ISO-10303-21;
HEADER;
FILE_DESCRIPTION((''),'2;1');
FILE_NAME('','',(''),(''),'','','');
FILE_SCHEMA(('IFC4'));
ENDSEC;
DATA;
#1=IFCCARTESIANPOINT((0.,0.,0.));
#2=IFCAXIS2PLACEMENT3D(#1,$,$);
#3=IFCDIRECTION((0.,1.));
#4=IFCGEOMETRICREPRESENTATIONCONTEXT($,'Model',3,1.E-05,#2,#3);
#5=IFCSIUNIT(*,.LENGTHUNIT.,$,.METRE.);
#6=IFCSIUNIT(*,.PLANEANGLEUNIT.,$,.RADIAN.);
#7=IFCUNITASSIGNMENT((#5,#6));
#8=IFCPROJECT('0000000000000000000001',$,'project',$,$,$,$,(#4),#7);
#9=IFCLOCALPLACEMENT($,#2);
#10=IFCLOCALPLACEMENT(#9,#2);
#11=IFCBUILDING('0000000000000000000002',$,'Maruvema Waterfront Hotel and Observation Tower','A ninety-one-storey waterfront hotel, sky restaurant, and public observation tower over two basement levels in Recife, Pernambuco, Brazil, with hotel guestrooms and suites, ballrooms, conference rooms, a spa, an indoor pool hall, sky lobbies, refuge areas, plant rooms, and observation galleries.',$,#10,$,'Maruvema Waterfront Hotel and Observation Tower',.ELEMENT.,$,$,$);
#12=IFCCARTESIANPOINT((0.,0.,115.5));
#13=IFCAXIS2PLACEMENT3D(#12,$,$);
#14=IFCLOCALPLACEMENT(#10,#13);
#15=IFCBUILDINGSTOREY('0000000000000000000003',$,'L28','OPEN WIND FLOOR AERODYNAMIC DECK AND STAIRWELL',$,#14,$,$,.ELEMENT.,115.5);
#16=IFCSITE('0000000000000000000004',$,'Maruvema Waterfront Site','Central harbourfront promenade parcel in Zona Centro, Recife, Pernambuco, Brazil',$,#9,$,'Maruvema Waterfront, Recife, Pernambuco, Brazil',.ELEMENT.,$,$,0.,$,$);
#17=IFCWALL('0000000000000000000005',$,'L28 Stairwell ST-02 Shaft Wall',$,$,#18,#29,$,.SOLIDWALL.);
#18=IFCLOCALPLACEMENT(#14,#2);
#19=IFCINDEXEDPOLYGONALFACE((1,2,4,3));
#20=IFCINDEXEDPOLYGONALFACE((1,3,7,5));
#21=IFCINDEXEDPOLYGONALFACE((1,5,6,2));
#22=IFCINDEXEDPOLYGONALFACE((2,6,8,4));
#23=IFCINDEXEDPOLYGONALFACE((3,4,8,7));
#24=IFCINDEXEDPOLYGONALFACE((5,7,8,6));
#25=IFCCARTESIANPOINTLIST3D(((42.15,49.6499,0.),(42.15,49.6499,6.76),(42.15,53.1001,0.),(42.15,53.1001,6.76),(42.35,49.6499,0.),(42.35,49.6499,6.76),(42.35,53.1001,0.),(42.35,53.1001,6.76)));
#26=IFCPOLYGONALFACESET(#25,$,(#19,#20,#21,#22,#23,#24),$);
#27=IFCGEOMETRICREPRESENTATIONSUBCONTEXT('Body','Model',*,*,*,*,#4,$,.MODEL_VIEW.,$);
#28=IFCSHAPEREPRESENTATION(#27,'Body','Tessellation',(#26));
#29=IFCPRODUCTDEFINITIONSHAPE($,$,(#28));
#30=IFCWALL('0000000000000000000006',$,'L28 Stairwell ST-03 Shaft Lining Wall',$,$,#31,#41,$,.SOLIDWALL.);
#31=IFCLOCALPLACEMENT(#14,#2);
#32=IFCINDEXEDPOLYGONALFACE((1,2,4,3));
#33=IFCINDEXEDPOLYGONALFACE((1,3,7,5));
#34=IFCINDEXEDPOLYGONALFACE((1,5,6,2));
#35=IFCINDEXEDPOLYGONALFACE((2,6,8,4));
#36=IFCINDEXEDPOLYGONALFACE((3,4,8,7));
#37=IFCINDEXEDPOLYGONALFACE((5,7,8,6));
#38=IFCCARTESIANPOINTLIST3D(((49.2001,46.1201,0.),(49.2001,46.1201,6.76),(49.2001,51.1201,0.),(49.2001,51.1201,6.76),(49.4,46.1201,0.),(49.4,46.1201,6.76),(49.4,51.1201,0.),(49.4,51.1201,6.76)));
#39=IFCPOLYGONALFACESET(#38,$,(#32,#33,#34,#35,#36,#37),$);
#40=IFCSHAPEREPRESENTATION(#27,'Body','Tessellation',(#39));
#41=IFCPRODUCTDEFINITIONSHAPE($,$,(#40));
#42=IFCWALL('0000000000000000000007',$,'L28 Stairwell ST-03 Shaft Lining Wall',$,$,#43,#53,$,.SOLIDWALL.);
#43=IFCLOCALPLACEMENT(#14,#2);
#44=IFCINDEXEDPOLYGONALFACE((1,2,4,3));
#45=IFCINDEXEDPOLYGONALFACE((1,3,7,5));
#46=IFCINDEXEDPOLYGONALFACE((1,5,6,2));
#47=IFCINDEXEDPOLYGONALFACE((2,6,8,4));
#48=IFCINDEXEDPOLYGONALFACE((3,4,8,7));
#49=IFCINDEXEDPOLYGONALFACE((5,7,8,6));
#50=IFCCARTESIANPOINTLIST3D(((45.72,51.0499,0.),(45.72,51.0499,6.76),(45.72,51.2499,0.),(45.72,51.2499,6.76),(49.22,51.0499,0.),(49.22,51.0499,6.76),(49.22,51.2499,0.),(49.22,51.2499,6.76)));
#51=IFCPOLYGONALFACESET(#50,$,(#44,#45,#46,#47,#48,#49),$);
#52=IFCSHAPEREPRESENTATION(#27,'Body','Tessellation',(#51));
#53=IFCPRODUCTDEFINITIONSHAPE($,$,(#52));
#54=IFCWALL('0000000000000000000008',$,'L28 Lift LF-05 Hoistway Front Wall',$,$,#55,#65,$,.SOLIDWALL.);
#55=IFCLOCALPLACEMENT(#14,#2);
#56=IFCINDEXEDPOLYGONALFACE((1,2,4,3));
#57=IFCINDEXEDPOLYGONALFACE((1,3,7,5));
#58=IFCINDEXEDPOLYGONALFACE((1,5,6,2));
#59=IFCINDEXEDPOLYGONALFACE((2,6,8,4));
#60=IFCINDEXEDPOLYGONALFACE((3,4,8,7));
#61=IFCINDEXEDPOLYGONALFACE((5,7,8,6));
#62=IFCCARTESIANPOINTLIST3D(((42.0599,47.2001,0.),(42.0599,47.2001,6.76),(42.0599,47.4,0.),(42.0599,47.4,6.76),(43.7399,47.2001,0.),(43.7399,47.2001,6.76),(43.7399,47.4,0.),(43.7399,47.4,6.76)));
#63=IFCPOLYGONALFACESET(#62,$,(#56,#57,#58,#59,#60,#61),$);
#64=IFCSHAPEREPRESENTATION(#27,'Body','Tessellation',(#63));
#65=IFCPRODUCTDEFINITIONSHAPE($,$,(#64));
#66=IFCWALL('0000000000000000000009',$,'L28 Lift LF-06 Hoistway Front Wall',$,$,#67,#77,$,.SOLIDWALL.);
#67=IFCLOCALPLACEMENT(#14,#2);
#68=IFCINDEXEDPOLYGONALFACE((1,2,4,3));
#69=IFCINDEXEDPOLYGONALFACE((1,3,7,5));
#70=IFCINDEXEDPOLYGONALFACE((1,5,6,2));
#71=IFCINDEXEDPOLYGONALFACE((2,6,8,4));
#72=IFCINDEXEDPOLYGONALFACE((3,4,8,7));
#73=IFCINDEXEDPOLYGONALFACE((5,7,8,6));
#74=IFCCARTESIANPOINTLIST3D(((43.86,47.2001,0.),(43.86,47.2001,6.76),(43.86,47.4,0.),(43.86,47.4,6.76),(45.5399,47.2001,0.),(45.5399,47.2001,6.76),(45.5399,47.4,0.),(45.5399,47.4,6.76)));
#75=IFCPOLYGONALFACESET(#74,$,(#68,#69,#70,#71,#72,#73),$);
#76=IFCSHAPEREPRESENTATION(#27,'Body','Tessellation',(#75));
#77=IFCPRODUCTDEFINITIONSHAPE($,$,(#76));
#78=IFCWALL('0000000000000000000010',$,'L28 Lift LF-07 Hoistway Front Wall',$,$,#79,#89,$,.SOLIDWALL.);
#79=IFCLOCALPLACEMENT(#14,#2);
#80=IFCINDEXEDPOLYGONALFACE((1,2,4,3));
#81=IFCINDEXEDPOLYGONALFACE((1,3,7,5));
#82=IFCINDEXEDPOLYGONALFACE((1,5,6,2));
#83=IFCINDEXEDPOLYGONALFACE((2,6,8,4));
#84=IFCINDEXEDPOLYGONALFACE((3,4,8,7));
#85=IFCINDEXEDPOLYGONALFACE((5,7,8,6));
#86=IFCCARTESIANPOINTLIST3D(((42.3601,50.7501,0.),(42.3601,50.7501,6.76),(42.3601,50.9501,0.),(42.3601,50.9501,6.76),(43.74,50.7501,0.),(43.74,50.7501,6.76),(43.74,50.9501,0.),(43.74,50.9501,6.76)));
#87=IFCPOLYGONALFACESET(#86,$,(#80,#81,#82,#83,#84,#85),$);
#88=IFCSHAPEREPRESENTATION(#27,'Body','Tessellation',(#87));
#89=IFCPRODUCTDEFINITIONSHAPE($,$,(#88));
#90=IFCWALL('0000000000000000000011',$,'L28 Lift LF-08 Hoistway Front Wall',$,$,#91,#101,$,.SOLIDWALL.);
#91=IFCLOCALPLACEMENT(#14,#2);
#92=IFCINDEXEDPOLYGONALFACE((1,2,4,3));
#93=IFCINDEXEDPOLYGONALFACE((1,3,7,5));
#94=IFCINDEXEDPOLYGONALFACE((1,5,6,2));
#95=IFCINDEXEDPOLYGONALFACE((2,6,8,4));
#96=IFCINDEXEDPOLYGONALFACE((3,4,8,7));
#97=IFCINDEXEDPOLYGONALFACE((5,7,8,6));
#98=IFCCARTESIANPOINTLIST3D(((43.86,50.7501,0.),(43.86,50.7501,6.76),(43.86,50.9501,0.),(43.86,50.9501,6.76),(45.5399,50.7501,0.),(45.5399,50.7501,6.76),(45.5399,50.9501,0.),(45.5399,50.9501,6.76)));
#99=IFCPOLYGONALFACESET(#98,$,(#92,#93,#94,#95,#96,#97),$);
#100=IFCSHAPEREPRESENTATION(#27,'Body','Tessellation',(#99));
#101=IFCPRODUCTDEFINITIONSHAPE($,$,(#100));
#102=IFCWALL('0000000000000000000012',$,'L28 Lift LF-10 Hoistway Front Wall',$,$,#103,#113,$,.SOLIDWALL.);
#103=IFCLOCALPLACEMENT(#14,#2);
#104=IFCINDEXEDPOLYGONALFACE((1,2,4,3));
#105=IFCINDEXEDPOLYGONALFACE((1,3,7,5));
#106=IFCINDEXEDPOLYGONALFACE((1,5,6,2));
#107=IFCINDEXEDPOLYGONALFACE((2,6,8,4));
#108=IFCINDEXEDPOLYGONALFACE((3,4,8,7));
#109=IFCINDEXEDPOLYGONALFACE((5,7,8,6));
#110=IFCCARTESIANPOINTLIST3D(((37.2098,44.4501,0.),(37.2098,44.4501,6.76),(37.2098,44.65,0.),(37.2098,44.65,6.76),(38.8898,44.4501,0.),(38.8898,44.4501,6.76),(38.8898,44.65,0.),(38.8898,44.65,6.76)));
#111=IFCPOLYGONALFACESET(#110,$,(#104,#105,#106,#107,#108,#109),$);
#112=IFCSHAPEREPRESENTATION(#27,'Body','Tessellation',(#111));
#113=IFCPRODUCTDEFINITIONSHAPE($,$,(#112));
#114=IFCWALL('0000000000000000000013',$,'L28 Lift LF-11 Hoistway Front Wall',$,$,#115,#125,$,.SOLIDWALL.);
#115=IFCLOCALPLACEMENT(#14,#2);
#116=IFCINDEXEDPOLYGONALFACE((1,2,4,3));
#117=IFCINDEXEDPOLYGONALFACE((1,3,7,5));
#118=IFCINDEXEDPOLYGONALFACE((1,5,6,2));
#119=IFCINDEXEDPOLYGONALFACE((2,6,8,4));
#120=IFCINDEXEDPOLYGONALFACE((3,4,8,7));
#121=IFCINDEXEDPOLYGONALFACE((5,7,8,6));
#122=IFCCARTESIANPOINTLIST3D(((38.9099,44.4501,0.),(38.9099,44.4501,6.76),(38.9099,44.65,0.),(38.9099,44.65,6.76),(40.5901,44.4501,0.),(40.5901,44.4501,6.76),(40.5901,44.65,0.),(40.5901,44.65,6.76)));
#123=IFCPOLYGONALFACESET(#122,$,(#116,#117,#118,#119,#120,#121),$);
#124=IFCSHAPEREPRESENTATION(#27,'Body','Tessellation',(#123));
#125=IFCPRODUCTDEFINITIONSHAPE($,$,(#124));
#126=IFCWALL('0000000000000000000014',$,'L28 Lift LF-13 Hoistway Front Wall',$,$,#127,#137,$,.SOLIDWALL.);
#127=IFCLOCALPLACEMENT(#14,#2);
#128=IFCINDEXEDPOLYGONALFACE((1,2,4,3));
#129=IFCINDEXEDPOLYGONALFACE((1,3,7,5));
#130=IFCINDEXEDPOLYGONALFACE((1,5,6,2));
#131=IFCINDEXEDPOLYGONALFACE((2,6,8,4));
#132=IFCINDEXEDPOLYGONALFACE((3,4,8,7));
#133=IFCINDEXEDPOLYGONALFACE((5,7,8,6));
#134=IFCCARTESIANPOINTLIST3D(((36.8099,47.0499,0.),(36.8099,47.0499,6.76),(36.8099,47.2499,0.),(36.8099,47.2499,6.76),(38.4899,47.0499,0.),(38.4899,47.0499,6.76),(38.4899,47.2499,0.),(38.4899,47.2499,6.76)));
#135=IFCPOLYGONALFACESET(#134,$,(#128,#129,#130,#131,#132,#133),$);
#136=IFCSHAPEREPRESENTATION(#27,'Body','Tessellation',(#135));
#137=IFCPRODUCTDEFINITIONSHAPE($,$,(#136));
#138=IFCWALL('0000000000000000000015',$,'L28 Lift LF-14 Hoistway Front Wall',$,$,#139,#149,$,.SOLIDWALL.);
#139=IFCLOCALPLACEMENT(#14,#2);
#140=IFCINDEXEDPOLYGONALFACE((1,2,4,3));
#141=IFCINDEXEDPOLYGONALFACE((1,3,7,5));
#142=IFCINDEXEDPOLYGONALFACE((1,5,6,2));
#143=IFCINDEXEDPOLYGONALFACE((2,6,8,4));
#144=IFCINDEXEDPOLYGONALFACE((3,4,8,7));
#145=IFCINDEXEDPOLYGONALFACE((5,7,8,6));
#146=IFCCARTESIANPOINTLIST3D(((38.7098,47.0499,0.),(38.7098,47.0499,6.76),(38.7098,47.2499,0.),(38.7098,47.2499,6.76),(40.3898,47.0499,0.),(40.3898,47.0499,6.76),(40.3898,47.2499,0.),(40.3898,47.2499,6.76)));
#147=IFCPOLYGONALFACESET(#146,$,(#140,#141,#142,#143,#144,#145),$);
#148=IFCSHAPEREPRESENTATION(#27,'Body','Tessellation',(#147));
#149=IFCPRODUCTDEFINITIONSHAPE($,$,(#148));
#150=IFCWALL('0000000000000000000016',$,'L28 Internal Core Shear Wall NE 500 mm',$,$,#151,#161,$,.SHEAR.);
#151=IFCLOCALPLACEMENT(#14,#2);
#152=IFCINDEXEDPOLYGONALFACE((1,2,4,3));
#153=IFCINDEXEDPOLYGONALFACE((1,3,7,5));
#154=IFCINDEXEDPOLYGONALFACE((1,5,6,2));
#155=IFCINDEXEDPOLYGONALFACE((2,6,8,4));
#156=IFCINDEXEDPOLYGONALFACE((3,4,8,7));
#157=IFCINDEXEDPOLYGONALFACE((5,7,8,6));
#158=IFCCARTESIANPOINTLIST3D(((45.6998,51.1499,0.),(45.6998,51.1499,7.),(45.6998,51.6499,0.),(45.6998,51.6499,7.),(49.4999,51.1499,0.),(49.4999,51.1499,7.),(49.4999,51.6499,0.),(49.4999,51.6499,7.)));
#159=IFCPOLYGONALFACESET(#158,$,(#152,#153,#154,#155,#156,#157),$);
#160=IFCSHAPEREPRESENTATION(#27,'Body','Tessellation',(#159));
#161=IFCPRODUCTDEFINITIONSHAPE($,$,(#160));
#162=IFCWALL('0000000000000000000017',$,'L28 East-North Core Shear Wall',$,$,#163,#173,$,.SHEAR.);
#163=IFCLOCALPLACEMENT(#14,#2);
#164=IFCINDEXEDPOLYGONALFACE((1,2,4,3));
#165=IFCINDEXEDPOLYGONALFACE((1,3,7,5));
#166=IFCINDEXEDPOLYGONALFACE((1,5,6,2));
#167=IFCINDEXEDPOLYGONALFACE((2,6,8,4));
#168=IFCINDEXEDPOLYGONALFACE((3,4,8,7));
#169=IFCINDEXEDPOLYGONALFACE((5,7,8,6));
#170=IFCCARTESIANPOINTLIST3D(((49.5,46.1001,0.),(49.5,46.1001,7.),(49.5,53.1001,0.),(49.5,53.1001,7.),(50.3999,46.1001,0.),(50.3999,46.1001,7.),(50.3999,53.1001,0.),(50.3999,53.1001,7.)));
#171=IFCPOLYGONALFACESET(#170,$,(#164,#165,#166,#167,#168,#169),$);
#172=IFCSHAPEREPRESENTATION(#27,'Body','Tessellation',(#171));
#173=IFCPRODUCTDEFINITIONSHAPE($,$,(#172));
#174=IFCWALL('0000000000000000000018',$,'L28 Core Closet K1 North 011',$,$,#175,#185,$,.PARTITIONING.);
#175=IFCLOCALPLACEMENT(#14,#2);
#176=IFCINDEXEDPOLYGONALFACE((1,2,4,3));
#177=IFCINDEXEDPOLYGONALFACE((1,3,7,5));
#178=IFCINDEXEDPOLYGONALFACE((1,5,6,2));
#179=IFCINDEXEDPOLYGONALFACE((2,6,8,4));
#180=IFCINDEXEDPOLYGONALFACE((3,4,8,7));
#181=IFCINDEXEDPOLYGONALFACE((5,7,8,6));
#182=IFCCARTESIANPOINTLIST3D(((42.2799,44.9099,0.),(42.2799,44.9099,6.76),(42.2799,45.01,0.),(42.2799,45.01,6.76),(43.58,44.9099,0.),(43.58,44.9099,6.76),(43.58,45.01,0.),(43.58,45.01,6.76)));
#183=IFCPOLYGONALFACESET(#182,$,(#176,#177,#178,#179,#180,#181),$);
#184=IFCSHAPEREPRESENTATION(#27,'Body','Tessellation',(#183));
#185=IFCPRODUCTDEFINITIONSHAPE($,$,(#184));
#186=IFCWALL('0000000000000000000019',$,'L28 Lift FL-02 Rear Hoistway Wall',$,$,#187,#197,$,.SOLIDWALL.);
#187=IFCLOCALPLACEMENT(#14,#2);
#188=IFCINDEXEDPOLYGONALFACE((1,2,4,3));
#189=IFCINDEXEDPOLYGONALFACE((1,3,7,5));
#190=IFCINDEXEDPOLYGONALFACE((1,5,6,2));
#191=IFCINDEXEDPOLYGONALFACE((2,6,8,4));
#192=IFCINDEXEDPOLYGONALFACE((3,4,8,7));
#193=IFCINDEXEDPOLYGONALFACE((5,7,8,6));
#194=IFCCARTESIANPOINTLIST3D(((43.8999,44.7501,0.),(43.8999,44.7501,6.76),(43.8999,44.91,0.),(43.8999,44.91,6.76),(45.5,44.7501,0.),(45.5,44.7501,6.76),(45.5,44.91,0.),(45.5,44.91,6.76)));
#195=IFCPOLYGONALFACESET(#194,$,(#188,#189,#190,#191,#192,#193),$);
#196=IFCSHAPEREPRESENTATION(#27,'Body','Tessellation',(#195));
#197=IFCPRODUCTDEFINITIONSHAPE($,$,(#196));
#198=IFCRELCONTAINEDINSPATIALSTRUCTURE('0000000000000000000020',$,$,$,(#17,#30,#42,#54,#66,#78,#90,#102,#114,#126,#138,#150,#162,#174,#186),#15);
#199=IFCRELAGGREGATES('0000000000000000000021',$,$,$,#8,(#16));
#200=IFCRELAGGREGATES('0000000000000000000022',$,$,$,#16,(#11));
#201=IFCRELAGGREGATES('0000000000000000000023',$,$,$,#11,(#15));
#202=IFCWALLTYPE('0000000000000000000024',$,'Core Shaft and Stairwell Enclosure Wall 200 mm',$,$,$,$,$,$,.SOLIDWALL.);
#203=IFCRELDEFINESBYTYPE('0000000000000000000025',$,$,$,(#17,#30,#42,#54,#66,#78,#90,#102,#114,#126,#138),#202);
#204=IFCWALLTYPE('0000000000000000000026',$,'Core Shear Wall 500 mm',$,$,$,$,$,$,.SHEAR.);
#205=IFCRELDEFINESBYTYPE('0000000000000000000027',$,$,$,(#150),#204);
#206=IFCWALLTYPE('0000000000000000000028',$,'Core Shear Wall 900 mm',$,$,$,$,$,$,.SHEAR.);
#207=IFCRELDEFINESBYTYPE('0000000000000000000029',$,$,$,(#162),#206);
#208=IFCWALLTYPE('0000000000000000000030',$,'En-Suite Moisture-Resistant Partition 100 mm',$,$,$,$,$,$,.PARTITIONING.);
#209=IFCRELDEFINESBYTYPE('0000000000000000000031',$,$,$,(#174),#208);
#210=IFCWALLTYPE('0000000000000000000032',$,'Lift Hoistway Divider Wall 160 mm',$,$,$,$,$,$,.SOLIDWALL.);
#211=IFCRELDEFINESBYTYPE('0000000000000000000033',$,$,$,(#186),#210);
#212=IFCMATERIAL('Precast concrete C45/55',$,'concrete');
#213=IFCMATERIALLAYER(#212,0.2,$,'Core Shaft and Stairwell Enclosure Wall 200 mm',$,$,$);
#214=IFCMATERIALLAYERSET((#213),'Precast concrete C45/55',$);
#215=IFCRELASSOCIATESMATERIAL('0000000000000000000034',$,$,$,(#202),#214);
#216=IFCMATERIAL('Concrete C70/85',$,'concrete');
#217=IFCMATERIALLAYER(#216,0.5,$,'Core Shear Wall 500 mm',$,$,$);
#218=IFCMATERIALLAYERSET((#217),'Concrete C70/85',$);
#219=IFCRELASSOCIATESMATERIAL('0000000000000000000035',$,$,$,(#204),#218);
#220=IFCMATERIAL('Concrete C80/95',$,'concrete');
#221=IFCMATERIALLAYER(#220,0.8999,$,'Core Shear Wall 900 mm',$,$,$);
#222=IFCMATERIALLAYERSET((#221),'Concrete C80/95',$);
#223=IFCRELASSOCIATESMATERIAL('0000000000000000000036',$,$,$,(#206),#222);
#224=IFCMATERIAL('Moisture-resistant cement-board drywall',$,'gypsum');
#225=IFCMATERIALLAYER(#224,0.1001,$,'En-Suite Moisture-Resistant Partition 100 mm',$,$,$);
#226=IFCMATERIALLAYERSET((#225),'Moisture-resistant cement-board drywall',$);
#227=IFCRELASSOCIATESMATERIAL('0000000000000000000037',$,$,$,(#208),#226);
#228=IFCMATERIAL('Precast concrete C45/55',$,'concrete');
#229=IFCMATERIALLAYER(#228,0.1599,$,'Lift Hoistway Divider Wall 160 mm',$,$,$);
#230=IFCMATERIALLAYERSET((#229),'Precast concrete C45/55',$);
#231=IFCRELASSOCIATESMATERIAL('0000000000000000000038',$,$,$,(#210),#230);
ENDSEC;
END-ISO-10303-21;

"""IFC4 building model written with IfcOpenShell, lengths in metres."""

from ifc_helpers import new_model, si_unit, direction, frame, frame_2d, origin, place, context, subcontext, project, spatial, rectangle, extrude, material, layer, layer_set, type_object, element, save


model = new_model("IFC4")

# Units and contexts
model_context = context("Model", 3, precision=1e-05, world=origin(), true_north=direction((0.0, 1.0)))
body_context = subcontext(model_context, "Body", "Model", "MODEL_VIEW")
ifc_project = project(units=[si_unit("LENGTHUNIT", "METRE"), si_unit("PLANEANGLEUNIT", "RADIAN")], contexts=[model_context])

# Site, building, storey
site_placement = place(None, origin())
site = spatial("IfcSite", under=ifc_project, at=site_placement, Name="Maruvema Waterfront Site", Description="Central harbourfront promenade parcel in Zona Centro, Recife, Pernambuco, Brazil", LongName="Maruvema Waterfront, Recife, Pernambuco, Brazil", CompositionType="ELEMENT", RefElevation=0.0)
building_placement = place(site_placement, origin())
building = spatial("IfcBuilding", under=site, at=building_placement, Name="Maruvema Waterfront Hotel and Observation Tower", Description="A ninety-one-storey waterfront hotel, sky restaurant, and public observation tower over two basement levels in Recife, Pernambuco, Brazil, with hotel guestrooms and suites, ballrooms, conference rooms, a spa, an indoor pool hall, sky lobbies, refuge areas, plant rooms, and observation galleries.", LongName="Maruvema Waterfront Hotel and Observation Tower", CompositionType="ELEMENT")
storey_placement = place(building_placement, frame((0.0, 0.0, 115.5)))
storey = spatial("IfcBuildingStorey", under=building, at=storey_placement, Name="L28", Description="OPEN WIND FLOOR AERODYNAMIC DECK AND STAIRWELL", CompositionType="ELEMENT", Elevation=115.5)

# Walls
ifc_material_1 = material(Name="Precast concrete C45/55", Category="concrete")
ifc_layer_1 = layer(ifc_material_1, 0.2, Name="Core Shaft and Stairwell Enclosure Wall 200 mm")
ifc_layer_set_1 = layer_set([ifc_layer_1], Name="Precast concrete C45/55")
wall_type_1 = type_object("IfcWallType", Name="Core Shaft and Stairwell Enclosure Wall 200 mm", PredefinedType="SOLIDWALL", material=ifc_layer_set_1)
wall_1_placement = place(storey_placement, frame((42.25, 49.6499, 0.0), z_axis=(0.0, 0.0, 1.0), x_axis=(0.0, 1.0, 0.0)))
element("IfcWall", 1, at=wall_1_placement, inside=storey, type_object=wall_type_1, Name="L28 Stairwell ST-02 Shaft Wall", PredefinedType="SOLIDWALL", context=body_context, shape_type="SweptSolid", body=[
    extrude(rectangle(XDim=3.4502, YDim=0.2, at=frame_2d((1.7251, 0.0))), origin(), (0.0, 0.0, 1.0), 6.76),
])
wall_2_placement = place(storey_placement, frame((49.3, 46.1201, 0.0), z_axis=(0.0, 0.0, 1.0), x_axis=(0.0, 1.0, 0.0)))
element("IfcWall", 2, at=wall_2_placement, inside=storey, type_object=wall_type_1, Name="L28 Stairwell ST-03 Shaft Lining Wall", PredefinedType="SOLIDWALL", context=body_context, shape_type="SweptSolid", body=[
    extrude(rectangle(XDim=5.0, YDim=0.2, at=frame_2d((2.5, 0.0))), origin(), (0.0, 0.0, 1.0), 6.76),
])
wall_3_placement = place(storey_placement, frame((45.72, 51.1499, 0.0), z_axis=(0.0, 0.0, 1.0), x_axis=(1.0, 0.0, 0.0)))
element("IfcWall", 3, at=wall_3_placement, inside=storey, type_object=wall_type_1, Name="L28 Stairwell ST-03 Shaft Lining Wall", PredefinedType="SOLIDWALL", context=body_context, shape_type="SweptSolid", body=[
    extrude(rectangle(XDim=3.5, YDim=0.2, at=frame_2d((1.75, 0.0))), origin(), (0.0, 0.0, 1.0), 6.76),
])
for number, where, z_axis, x_axis, name in (
    (4, (42.0601, 47.3, 0.0), (0.0, 0.0, 1.0), (1.0, 0.0, 0.0), "L28 Lift LF-05 Hoistway Front Wall"),
    (5, (43.8601, 47.3, 0.0), (0.0, 0.0, 1.0), (1.0, 0.0, 0.0), "L28 Lift LF-06 Hoistway Front Wall"),
):
    element("IfcWall", number, at=place(storey_placement, frame(where, z_axis=z_axis, x_axis=x_axis)), inside=storey, type_object=wall_type_1, Name=name, PredefinedType="SOLIDWALL", context=body_context, shape_type="SweptSolid", body=[
        extrude(rectangle(XDim=1.6799, YDim=0.2, at=frame_2d((0.8398, 0.0))), origin(), (0.0, 0.0, 1.0), 6.76),
    ])
wall_4_placement = place(storey_placement, frame((42.3601, 50.8501, 0.0), z_axis=(0.0, 0.0, 1.0), x_axis=(1.0, 0.0, 0.0)))
element("IfcWall", 6, at=wall_4_placement, inside=storey, type_object=wall_type_1, Name="L28 Lift LF-07 Hoistway Front Wall", PredefinedType="SOLIDWALL", context=body_context, shape_type="SweptSolid", body=[
    extrude(rectangle(XDim=1.3799, YDim=0.2, at=frame_2d((0.6899, 0.0))), origin(), (0.0, 0.0, 1.0), 6.76),
])
for number, where, z_axis, x_axis, name in (
    (7, (43.8601, 50.8501, 0.0), (0.0, 0.0, 1.0), (1.0, 0.0, 0.0), "L28 Lift LF-08 Hoistway Front Wall"),
    (8, (37.21, 44.55, 0.0), (0.0, 0.0, 1.0), (1.0, 0.0, 0.0), "L28 Lift LF-10 Hoistway Front Wall"),
):
    element("IfcWall", number, at=place(storey_placement, frame(where, z_axis=z_axis, x_axis=x_axis)), inside=storey, type_object=wall_type_1, Name=name, PredefinedType="SOLIDWALL", context=body_context, shape_type="SweptSolid", body=[
        extrude(rectangle(XDim=1.6799, YDim=0.2, at=frame_2d((0.8398, 0.0))), origin(), (0.0, 0.0, 1.0), 6.76),
    ])
wall_5_placement = place(storey_placement, frame((38.9099, 44.55, 0.0), z_axis=(0.0, 0.0, 1.0), x_axis=(1.0, 0.0, 0.0)))
element("IfcWall", 9, at=wall_5_placement, inside=storey, type_object=wall_type_1, Name="L28 Lift LF-11 Hoistway Front Wall", PredefinedType="SOLIDWALL", context=body_context, shape_type="SweptSolid", body=[
    extrude(rectangle(XDim=1.6802, YDim=0.2, at=frame_2d((0.8401, 0.0))), origin(), (0.0, 0.0, 1.0), 6.76),
])
for number, where, z_axis, x_axis, name in (
    (10, (36.8101, 47.1499, 0.0), (0.0, 0.0, 1.0), (1.0, 0.0, 0.0), "L28 Lift LF-13 Hoistway Front Wall"),
    (11, (38.71, 47.1499, 0.0), (0.0, 0.0, 1.0), (1.0, 0.0, 0.0), "L28 Lift LF-14 Hoistway Front Wall"),
):
    element("IfcWall", number, at=place(storey_placement, frame(where, z_axis=z_axis, x_axis=x_axis)), inside=storey, type_object=wall_type_1, Name=name, PredefinedType="SOLIDWALL", context=body_context, shape_type="SweptSolid", body=[
        extrude(rectangle(XDim=1.6799, YDim=0.2, at=frame_2d((0.8398, 0.0))), origin(), (0.0, 0.0, 1.0), 6.76),
    ])
ifc_material_2 = material(Name="Concrete C70/85", Category="concrete")
ifc_layer_2 = layer(ifc_material_2, 0.5, Name="Core Shear Wall 500 mm")
ifc_layer_set_2 = layer_set([ifc_layer_2], Name="Concrete C70/85")
wall_type_2 = type_object("IfcWallType", Name="Core Shear Wall 500 mm", PredefinedType="SHEAR", material=ifc_layer_set_2)
wall_6_placement = place(storey_placement, frame((45.7, 51.3999, 0.0), z_axis=(0.0, 0.0, 1.0), x_axis=(1.0, 0.0, 0.0)))
element("IfcWall", 12, at=wall_6_placement, inside=storey, type_object=wall_type_2, Name="L28 Internal Core Shear Wall NE 500 mm", PredefinedType="SHEAR", context=body_context, shape_type="SweptSolid", body=[
    extrude(rectangle(XDim=3.8, YDim=0.5, at=frame_2d((1.8999, 0.0))), origin(), (0.0, 0.0, 1.0), 7.0),
])
ifc_material_3 = material(Name="Concrete C80/95", Category="concrete")
ifc_layer_3 = layer(ifc_material_3, 0.8999, Name="Core Shear Wall 900 mm")
ifc_layer_set_3 = layer_set([ifc_layer_3], Name="Concrete C80/95")
wall_type_3 = type_object("IfcWallType", Name="Core Shear Wall 900 mm", PredefinedType="SHEAR", material=ifc_layer_set_3)
wall_7_placement = place(storey_placement, frame((49.95, 46.1001, 0.0), z_axis=(0.0, 0.0, 1.0), x_axis=(0.0, 1.0, 0.0)))
element("IfcWall", 13, at=wall_7_placement, inside=storey, type_object=wall_type_3, Name="L28 East-North Core Shear Wall", PredefinedType="SHEAR", context=body_context, shape_type="SweptSolid", body=[
    extrude(rectangle(XDim=7.0, YDim=0.8999, at=frame_2d((3.5, 0.0))), origin(), (0.0, 0.0, 1.0), 7.0),
])
ifc_material_4 = material(Name="Moisture-resistant cement-board drywall", Category="gypsum")
ifc_layer_4 = layer(ifc_material_4, 0.1001, Name="En-Suite Moisture-Resistant Partition 100 mm")
ifc_layer_set_4 = layer_set([ifc_layer_4], Name="Moisture-resistant cement-board drywall")
wall_type_4 = type_object("IfcWallType", Name="En-Suite Moisture-Resistant Partition 100 mm", PredefinedType="PARTITIONING", material=ifc_layer_set_4)
wall_8_placement = place(storey_placement, frame((42.28, 44.96, 0.0), z_axis=(0.0, 0.0, 1.0), x_axis=(1.0, 0.0, 0.0)))
element("IfcWall", 14, at=wall_8_placement, inside=storey, type_object=wall_type_4, Name="L28 Core Closet K1 North 011", PredefinedType="PARTITIONING", context=body_context, shape_type="SweptSolid", body=[
    extrude(rectangle(XDim=1.3, YDim=0.1001, at=frame_2d((0.6499, 0.0))), origin(), (0.0, 0.0, 1.0), 6.76),
])
ifc_material_5 = material(Name="Precast concrete C45/55", Category="concrete")
ifc_layer_5 = layer(ifc_material_5, 0.1599, Name="Lift Hoistway Divider Wall 160 mm")
ifc_layer_set_5 = layer_set([ifc_layer_5], Name="Precast concrete C45/55")
wall_type_5 = type_object("IfcWallType", Name="Lift Hoistway Divider Wall 160 mm", PredefinedType="SOLIDWALL", material=ifc_layer_set_5)
wall_9_placement = place(storey_placement, frame((43.8999, 44.8301, 0.0), z_axis=(0.0, 0.0, 1.0), x_axis=(1.0, 0.0, 0.0)))
element("IfcWall", 15, at=wall_9_placement, inside=storey, type_object=wall_type_5, Name="L28 Lift FL-02 Rear Hoistway Wall", PredefinedType="SOLIDWALL", context=body_context, shape_type="SweptSolid", body=[
    extrude(rectangle(XDim=1.6001, YDim=0.1599, at=frame_2d((0.8, 0.0))), origin(), (0.0, 0.0, 1.0), 6.76),
])

save(model, "model.ifc")
